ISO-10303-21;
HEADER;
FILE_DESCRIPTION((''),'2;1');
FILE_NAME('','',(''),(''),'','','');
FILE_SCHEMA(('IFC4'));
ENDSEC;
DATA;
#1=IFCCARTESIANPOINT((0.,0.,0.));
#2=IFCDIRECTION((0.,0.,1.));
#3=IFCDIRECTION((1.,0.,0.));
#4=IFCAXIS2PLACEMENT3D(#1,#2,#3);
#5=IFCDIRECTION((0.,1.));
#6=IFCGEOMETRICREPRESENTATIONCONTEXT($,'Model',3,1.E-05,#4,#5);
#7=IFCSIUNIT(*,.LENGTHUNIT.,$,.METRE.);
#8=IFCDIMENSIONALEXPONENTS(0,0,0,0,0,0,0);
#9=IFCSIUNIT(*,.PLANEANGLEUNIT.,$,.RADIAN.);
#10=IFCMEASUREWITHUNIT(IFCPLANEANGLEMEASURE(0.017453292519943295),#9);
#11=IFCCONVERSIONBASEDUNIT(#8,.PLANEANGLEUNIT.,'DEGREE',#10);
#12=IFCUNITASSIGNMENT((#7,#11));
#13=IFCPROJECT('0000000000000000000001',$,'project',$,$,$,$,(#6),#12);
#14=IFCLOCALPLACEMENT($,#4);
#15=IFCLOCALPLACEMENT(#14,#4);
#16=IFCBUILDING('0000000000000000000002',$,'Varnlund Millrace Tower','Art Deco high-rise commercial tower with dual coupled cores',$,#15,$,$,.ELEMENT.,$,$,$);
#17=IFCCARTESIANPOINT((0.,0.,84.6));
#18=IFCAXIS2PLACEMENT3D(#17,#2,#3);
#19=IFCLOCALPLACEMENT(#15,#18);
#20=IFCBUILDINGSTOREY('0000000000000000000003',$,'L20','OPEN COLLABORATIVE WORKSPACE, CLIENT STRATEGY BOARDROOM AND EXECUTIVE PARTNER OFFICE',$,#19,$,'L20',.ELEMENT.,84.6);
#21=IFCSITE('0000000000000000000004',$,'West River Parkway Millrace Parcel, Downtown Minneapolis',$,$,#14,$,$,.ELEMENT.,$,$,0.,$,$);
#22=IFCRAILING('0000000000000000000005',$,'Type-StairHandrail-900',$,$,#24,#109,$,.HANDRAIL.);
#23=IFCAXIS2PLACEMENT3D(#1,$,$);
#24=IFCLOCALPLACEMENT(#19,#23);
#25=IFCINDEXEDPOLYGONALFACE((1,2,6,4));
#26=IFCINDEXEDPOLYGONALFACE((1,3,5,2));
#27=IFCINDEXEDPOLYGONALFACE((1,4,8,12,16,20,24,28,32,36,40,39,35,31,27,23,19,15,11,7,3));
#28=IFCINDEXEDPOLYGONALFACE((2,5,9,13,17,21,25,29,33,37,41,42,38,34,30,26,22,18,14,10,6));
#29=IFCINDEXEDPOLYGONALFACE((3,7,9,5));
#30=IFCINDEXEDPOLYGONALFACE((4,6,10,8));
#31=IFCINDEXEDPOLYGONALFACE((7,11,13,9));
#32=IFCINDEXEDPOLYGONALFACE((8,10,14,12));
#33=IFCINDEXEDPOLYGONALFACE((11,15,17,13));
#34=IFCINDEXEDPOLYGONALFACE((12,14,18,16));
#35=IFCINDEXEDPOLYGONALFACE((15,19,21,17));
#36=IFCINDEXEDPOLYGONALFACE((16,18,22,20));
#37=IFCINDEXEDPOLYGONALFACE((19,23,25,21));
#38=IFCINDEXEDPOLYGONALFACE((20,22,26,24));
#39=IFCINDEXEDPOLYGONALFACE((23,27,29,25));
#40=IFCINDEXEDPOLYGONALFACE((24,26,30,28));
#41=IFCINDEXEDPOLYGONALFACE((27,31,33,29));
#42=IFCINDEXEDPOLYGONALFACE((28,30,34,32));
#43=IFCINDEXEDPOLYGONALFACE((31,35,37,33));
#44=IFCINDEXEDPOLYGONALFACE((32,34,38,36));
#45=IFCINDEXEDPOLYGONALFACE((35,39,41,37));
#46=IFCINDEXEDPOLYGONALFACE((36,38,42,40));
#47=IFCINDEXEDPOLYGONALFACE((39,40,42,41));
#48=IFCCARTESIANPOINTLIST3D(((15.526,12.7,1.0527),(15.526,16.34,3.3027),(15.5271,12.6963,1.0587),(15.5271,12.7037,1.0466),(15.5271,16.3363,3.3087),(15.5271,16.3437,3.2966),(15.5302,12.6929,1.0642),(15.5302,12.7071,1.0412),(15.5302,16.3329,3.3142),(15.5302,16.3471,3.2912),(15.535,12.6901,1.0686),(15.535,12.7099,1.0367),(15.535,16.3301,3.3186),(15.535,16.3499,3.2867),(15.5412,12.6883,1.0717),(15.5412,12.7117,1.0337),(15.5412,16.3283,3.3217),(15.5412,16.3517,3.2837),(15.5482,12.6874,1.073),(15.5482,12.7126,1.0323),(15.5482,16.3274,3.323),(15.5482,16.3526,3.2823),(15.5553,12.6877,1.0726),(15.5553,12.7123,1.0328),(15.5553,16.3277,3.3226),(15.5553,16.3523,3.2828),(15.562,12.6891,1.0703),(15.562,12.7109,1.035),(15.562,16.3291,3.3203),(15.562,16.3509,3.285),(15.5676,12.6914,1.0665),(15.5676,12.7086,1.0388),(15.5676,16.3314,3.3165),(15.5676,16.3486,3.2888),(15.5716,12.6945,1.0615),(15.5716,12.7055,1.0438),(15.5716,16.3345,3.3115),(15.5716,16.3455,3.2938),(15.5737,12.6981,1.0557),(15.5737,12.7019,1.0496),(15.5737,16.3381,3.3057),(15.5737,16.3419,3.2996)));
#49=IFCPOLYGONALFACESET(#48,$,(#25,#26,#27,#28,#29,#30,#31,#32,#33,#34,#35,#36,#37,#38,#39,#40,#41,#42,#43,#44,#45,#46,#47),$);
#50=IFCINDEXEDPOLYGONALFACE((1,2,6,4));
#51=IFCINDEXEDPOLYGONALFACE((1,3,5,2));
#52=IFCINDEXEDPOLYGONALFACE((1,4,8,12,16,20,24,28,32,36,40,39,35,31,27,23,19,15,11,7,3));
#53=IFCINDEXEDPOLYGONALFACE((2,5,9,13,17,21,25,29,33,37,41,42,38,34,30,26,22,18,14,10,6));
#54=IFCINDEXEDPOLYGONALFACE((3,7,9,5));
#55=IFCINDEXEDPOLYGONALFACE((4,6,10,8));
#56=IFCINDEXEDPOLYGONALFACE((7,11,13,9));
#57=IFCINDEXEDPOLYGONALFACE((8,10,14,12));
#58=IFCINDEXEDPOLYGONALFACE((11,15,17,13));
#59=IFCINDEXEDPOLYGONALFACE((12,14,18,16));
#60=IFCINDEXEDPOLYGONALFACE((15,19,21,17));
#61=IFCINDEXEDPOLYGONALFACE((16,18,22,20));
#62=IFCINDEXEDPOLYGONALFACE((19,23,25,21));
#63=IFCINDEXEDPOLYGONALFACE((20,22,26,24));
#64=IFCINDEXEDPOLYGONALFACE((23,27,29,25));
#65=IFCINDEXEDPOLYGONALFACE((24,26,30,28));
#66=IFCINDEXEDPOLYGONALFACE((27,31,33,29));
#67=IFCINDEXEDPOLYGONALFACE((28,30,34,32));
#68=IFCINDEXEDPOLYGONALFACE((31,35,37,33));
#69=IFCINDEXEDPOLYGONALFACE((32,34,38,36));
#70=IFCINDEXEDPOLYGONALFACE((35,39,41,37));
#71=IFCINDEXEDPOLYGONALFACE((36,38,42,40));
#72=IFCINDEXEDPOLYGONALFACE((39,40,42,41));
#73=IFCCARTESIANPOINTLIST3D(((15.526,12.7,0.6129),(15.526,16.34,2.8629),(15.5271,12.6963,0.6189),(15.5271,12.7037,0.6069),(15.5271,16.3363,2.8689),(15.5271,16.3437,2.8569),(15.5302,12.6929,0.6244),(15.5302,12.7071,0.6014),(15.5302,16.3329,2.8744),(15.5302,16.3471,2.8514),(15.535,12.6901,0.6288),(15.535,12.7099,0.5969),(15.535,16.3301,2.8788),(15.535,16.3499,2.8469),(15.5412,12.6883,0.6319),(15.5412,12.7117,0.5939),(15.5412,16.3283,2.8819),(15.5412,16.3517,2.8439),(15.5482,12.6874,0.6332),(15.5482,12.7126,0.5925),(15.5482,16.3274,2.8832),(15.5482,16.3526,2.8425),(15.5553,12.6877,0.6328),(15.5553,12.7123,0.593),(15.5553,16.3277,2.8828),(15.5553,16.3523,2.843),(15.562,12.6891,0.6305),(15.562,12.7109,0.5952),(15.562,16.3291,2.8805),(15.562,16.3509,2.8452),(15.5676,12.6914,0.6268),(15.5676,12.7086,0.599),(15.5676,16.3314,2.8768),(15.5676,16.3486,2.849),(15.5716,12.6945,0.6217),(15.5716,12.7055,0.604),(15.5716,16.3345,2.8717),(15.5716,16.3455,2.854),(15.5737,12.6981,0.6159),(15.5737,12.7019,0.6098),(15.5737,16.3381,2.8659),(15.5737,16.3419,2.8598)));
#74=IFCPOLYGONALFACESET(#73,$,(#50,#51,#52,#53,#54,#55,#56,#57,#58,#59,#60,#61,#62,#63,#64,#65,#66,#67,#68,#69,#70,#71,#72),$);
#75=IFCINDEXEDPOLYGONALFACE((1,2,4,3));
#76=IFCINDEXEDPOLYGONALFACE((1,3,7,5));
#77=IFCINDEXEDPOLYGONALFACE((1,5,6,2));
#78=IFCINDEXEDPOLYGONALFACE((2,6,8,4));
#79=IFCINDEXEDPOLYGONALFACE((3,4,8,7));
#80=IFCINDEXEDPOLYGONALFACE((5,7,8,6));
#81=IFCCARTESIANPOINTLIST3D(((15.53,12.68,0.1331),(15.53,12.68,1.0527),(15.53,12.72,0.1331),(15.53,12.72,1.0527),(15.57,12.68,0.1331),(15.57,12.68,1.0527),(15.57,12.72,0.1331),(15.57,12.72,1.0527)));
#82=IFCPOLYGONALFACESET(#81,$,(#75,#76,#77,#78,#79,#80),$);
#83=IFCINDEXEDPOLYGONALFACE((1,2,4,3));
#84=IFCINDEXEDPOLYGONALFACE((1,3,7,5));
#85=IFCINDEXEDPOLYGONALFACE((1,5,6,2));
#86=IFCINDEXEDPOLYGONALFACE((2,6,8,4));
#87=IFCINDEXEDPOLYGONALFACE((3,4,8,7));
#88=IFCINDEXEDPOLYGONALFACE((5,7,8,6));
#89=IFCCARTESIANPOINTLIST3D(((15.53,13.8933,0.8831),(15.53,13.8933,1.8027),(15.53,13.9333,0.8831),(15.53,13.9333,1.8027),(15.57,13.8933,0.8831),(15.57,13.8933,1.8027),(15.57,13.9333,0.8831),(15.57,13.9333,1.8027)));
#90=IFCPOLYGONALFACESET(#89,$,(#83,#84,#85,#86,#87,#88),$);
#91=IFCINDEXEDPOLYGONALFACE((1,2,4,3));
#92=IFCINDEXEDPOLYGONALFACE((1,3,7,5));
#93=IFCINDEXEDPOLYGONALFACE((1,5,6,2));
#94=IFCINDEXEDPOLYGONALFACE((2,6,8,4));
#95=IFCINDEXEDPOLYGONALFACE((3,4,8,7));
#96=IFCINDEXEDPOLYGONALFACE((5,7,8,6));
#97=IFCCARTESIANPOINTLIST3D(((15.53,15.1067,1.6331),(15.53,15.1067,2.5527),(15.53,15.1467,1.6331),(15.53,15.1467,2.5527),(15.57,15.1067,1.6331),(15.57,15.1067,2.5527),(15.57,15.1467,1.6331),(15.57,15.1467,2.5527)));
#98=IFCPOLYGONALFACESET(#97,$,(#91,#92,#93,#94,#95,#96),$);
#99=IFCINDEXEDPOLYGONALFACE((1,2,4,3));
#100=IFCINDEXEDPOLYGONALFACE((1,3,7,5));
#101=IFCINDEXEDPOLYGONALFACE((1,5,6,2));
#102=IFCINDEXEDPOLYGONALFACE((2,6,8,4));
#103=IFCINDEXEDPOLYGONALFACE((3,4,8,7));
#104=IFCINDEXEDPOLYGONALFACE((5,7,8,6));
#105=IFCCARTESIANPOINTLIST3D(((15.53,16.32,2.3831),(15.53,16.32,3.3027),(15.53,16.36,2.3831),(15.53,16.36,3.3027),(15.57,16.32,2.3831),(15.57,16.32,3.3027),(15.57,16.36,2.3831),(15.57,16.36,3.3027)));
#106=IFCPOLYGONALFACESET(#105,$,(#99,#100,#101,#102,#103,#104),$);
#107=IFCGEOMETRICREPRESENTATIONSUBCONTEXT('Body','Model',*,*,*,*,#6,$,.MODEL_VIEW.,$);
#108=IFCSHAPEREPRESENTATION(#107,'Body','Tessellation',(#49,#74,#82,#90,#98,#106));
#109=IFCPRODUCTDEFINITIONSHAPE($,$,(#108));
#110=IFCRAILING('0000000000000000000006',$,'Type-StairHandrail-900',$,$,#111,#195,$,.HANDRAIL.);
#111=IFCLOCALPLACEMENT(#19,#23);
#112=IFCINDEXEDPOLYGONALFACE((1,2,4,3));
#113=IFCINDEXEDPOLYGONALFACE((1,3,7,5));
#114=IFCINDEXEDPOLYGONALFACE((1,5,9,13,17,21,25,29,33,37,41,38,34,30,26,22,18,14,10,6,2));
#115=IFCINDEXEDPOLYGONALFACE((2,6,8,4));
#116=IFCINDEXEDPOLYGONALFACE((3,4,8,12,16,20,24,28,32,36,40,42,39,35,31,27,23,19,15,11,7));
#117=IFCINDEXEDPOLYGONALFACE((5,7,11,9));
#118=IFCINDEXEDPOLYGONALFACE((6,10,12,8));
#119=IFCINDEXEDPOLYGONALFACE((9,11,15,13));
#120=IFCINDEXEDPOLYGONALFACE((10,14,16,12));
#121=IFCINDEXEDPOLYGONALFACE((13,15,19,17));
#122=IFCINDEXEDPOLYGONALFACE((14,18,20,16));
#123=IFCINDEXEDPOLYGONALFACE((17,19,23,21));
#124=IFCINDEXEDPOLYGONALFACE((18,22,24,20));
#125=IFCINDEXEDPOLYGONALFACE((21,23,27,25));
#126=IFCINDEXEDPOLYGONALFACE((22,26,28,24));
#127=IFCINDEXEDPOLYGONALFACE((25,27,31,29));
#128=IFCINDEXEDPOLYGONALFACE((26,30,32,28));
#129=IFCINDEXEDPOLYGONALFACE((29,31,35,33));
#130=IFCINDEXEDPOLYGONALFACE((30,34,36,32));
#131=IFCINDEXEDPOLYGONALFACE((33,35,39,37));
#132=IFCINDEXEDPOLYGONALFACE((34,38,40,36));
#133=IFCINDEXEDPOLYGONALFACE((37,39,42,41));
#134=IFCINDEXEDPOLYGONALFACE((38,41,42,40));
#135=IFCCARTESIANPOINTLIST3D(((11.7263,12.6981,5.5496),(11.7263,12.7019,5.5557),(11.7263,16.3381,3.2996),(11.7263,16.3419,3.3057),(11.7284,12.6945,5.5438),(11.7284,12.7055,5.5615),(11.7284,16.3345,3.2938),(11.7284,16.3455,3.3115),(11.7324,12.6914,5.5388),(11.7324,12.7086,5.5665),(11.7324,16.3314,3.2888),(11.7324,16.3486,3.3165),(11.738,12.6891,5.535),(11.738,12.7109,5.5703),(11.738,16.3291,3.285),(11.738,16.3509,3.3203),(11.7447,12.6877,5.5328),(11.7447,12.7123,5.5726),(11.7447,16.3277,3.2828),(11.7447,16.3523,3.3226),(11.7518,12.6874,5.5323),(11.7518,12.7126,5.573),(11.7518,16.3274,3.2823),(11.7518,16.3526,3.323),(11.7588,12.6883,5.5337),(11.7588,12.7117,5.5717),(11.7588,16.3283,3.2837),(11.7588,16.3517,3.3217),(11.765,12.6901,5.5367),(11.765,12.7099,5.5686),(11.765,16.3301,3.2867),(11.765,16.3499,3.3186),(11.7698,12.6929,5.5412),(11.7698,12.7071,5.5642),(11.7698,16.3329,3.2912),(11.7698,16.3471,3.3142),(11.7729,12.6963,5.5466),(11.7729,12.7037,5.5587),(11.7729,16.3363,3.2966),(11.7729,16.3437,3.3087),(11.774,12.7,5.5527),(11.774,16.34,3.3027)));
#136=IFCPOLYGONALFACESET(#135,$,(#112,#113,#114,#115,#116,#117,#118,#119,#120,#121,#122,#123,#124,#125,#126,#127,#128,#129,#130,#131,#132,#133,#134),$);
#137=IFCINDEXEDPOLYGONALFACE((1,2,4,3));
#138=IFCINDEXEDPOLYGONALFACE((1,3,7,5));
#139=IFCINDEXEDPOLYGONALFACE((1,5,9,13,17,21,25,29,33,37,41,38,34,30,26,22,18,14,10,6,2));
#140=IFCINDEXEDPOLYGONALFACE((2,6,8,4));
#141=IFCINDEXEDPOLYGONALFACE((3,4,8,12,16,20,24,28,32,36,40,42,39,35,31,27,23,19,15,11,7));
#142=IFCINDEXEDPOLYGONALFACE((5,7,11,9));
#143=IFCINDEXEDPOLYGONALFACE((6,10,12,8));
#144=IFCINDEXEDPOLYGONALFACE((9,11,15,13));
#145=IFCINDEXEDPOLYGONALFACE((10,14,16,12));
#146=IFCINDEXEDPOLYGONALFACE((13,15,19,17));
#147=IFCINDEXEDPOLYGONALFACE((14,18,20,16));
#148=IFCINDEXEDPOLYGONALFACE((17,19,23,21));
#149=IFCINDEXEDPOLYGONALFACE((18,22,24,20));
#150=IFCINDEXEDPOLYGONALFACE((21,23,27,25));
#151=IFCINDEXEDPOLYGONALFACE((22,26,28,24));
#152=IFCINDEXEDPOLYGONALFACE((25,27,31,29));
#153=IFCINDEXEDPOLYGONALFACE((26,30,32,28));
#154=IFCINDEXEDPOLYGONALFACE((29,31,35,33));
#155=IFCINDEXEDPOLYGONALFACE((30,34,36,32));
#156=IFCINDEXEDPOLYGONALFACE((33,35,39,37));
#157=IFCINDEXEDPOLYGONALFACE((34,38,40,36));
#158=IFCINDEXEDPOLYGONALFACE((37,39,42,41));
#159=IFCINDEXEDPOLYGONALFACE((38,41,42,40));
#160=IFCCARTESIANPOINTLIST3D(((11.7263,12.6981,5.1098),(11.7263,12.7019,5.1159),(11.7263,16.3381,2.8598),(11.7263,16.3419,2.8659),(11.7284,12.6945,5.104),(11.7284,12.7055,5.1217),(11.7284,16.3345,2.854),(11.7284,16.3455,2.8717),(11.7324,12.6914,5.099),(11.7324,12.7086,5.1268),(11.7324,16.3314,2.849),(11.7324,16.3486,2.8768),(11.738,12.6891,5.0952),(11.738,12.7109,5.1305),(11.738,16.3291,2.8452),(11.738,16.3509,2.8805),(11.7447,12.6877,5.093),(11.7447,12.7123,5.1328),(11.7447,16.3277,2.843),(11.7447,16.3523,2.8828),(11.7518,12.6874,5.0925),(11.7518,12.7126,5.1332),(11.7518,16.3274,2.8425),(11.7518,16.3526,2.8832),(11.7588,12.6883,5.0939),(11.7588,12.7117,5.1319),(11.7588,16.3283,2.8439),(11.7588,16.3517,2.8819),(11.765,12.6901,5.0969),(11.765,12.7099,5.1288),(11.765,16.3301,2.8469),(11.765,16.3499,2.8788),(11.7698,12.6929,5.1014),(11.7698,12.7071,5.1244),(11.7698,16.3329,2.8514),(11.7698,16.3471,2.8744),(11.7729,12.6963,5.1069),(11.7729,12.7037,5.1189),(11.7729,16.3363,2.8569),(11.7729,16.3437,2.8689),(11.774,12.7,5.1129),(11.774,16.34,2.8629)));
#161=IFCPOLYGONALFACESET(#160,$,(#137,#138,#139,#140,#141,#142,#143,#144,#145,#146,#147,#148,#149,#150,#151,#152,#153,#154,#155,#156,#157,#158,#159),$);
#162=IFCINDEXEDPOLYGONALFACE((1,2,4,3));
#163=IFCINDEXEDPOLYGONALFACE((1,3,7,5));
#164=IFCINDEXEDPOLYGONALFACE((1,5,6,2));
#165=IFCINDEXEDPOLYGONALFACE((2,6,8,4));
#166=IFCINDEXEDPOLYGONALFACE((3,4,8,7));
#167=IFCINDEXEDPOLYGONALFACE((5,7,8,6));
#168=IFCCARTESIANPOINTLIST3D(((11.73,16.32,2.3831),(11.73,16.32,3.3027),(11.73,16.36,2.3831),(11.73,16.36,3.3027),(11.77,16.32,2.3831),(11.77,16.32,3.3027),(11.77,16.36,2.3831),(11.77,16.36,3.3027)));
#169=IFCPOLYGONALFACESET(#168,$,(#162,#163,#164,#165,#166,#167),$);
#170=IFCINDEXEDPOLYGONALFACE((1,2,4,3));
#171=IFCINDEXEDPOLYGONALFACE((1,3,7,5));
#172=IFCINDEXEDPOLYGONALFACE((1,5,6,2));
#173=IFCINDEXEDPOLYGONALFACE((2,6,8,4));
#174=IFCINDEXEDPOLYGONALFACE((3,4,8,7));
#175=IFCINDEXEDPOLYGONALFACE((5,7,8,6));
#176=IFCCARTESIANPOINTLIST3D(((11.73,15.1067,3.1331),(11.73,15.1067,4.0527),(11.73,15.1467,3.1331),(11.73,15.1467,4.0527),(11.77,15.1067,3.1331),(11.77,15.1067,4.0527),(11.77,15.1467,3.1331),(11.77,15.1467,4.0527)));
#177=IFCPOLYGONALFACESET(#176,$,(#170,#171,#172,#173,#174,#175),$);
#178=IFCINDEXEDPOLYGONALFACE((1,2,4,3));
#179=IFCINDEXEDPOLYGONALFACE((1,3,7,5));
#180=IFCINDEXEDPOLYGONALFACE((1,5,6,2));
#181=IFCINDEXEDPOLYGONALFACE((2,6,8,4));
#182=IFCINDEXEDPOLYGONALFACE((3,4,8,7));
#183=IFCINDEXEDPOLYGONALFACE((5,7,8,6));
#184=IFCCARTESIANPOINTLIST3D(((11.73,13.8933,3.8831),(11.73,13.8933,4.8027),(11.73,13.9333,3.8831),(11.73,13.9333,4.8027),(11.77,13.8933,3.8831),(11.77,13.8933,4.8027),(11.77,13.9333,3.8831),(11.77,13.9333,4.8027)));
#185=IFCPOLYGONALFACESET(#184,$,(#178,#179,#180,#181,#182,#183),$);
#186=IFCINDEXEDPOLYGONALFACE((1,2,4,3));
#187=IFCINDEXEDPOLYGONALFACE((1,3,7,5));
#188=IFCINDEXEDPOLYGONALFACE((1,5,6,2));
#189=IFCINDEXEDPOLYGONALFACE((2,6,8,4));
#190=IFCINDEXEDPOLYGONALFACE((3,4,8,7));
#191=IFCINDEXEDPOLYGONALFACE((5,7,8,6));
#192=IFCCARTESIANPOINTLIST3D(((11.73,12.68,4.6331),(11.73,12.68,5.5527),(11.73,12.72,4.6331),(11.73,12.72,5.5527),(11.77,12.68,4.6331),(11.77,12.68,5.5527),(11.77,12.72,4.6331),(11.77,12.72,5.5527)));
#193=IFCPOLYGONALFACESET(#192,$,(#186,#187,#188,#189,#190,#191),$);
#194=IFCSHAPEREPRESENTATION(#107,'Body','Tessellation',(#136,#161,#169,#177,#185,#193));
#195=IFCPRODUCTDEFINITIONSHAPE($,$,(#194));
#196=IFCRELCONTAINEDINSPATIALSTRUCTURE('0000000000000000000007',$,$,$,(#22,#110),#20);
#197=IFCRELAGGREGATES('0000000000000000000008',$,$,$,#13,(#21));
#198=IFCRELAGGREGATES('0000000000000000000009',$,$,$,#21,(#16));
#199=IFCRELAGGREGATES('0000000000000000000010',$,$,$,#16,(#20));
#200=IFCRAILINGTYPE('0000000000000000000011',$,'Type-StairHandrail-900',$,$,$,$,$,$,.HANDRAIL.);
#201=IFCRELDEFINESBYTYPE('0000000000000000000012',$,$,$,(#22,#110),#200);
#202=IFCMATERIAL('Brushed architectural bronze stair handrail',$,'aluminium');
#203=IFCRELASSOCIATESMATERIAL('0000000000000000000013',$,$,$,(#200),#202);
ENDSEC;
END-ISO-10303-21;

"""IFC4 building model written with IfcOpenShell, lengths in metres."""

from ifc_helpers import new_model, entity, si_unit, converted_unit, direction, frame, origin_with_axes, origin_2d_with_axis, place, context, subcontext, project, spatial, rectangle, circle, extrude, material, type_object, element, save


model = new_model("IFC4")

# Units and contexts
model_context = context("Model", 3, precision=1e-05, world=origin_with_axes(), true_north=direction((0.0, 1.0)))
body_context = subcontext(model_context, "Body", "Model", "MODEL_VIEW")
ifc_project = project(units=[si_unit("LENGTHUNIT", "METRE"), converted_unit("PLANEANGLEUNIT", "DEGREE", entity("IfcPlaneAngleMeasure", 0.017453292519943295), si_unit("PLANEANGLEUNIT", "RADIAN"), dimensions=[0, 0, 0, 0, 0, 0, 0])], contexts=[model_context])

# Site, building, storey
site_placement = place(None, origin_with_axes())
site = spatial("IfcSite", under=ifc_project, at=site_placement, Name="West River Parkway Millrace Parcel, Downtown Minneapolis", CompositionType="ELEMENT", RefElevation=0.0)
building_placement = place(site_placement, origin_with_axes())
building = spatial("IfcBuilding", under=site, at=building_placement, Name="Varnlund Millrace Tower", Description="Art Deco high-rise commercial tower with dual coupled cores", CompositionType="ELEMENT")
storey_placement = place(building_placement, frame((0.0, 0.0, 84.6), z_axis=(0.0, 0.0, 1.0), x_axis=(1.0, 0.0, 0.0)))
storey = spatial("IfcBuildingStorey", under=building, at=storey_placement, Name="L20", Description="OPEN COLLABORATIVE WORKSPACE, CLIENT STRATEGY BOARDROOM AND EXECUTIVE PARTNER OFFICE", LongName="L20", CompositionType="ELEMENT", Elevation=84.6)

# Railings
ifc_material_1 = material(Name="Brushed architectural bronze stair handrail", Category="aluminium")
railing_type_1 = type_object("IfcRailingType", Name="Type-StairHandrail-900", PredefinedType="HANDRAIL", material=ifc_material_1)
railing_1_placement = place(storey_placement, frame((0.0, 0.0, -84.6), z_axis=(0.0, 0.0, 1.0), x_axis=(1.0, 0.0, 0.0)))
element("IfcRailing", 1, at=railing_1_placement, inside=storey, type_object=railing_type_1, Name="Type-StairHandrail-900", PredefinedType="HANDRAIL", context=body_context, shape_type="SweptSolid", body=[
    extrude(circle(Radius=0.024, at=origin_2d_with_axis()), frame((15.55, 12.7, 85.6527), z_axis=(0.0, 0.850614, 0.525791), x_axis=(-1.0, 0.0, 0.0)), (0.0, 0.0, 1.0), 4.2793),
    extrude(circle(Radius=0.024, at=origin_2d_with_axis()), frame((15.55, 12.7, 85.2129), z_axis=(0.0, 0.850614, 0.525791), x_axis=(-1.0, 0.0, 0.0)), (0.0, 0.0, 1.0), 4.2793),
    extrude(rectangle(XDim=0.04, YDim=0.04, at=origin_2d_with_axis()), frame((15.55, 12.7, 84.7331), z_axis=(0.0, 0.0, 1.0), x_axis=(1.0, 0.0, 0.0)), (0.0, 0.0, 1.0), 0.9196),
    extrude(rectangle(XDim=0.04, YDim=0.04, at=origin_2d_with_axis()), frame((15.55, 13.9133, 85.4831), z_axis=(0.0, 0.0, 1.0), x_axis=(1.0, 0.0, 0.0)), (0.0, 0.0, 1.0), 0.9196),
    extrude(rectangle(XDim=0.04, YDim=0.04, at=origin_2d_with_axis()), frame((15.55, 15.1267, 86.2331), z_axis=(0.0, 0.0, 1.0), x_axis=(1.0, 0.0, 0.0)), (0.0, 0.0, 1.0), 0.9196),
    extrude(rectangle(XDim=0.04, YDim=0.04, at=origin_2d_with_axis()), frame((15.55, 16.34, 86.9831), z_axis=(0.0, 0.0, 1.0), x_axis=(1.0, 0.0, 0.0)), (0.0, 0.0, 1.0), 0.9196),
])
railing_2_placement = place(storey_placement, frame((0.0, 0.0, -84.6), z_axis=(0.0, 0.0, 1.0), x_axis=(1.0, 0.0, 0.0)))
element("IfcRailing", 2, at=railing_2_placement, inside=storey, type_object=railing_type_1, Name="Type-StairHandrail-900", PredefinedType="HANDRAIL", context=body_context, shape_type="SweptSolid", body=[
    extrude(circle(Radius=0.024, at=origin_2d_with_axis()), frame((11.75, 16.34, 87.9027), z_axis=(0.0, -0.850614, 0.525791), x_axis=(1.0, 0.0, 0.0)), (0.0, 0.0, 1.0), 4.2793),
    extrude(circle(Radius=0.024, at=origin_2d_with_axis()), frame((11.75, 16.34, 87.4629), z_axis=(0.0, -0.850614, 0.525791), x_axis=(1.0, 0.0, 0.0)), (0.0, 0.0, 1.0), 4.2793),
    extrude(rectangle(XDim=0.04, YDim=0.04, at=origin_2d_with_axis()), frame((11.75, 16.34, 86.9831), z_axis=(0.0, 0.0, 1.0), x_axis=(1.0, 0.0, 0.0)), (0.0, 0.0, 1.0), 0.9196),
    extrude(rectangle(XDim=0.04, YDim=0.04, at=origin_2d_with_axis()), frame((11.75, 15.1267, 87.7331), z_axis=(0.0, 0.0, 1.0), x_axis=(1.0, 0.0, 0.0)), (0.0, 0.0, 1.0), 0.9196),
    extrude(rectangle(XDim=0.04, YDim=0.04, at=origin_2d_with_axis()), frame((11.75, 13.9133, 88.4831), z_axis=(0.0, 0.0, 1.0), x_axis=(1.0, 0.0, 0.0)), (0.0, 0.0, 1.0), 0.9196),
    extrude(rectangle(XDim=0.04, YDim=0.04, at=origin_2d_with_axis()), frame((11.75, 12.7, 89.2331), z_axis=(0.0, 0.0, 1.0), x_axis=(1.0, 0.0, 0.0)), (0.0, 0.0, 1.0), 0.9196),
])

save(model, "model.ifc")
